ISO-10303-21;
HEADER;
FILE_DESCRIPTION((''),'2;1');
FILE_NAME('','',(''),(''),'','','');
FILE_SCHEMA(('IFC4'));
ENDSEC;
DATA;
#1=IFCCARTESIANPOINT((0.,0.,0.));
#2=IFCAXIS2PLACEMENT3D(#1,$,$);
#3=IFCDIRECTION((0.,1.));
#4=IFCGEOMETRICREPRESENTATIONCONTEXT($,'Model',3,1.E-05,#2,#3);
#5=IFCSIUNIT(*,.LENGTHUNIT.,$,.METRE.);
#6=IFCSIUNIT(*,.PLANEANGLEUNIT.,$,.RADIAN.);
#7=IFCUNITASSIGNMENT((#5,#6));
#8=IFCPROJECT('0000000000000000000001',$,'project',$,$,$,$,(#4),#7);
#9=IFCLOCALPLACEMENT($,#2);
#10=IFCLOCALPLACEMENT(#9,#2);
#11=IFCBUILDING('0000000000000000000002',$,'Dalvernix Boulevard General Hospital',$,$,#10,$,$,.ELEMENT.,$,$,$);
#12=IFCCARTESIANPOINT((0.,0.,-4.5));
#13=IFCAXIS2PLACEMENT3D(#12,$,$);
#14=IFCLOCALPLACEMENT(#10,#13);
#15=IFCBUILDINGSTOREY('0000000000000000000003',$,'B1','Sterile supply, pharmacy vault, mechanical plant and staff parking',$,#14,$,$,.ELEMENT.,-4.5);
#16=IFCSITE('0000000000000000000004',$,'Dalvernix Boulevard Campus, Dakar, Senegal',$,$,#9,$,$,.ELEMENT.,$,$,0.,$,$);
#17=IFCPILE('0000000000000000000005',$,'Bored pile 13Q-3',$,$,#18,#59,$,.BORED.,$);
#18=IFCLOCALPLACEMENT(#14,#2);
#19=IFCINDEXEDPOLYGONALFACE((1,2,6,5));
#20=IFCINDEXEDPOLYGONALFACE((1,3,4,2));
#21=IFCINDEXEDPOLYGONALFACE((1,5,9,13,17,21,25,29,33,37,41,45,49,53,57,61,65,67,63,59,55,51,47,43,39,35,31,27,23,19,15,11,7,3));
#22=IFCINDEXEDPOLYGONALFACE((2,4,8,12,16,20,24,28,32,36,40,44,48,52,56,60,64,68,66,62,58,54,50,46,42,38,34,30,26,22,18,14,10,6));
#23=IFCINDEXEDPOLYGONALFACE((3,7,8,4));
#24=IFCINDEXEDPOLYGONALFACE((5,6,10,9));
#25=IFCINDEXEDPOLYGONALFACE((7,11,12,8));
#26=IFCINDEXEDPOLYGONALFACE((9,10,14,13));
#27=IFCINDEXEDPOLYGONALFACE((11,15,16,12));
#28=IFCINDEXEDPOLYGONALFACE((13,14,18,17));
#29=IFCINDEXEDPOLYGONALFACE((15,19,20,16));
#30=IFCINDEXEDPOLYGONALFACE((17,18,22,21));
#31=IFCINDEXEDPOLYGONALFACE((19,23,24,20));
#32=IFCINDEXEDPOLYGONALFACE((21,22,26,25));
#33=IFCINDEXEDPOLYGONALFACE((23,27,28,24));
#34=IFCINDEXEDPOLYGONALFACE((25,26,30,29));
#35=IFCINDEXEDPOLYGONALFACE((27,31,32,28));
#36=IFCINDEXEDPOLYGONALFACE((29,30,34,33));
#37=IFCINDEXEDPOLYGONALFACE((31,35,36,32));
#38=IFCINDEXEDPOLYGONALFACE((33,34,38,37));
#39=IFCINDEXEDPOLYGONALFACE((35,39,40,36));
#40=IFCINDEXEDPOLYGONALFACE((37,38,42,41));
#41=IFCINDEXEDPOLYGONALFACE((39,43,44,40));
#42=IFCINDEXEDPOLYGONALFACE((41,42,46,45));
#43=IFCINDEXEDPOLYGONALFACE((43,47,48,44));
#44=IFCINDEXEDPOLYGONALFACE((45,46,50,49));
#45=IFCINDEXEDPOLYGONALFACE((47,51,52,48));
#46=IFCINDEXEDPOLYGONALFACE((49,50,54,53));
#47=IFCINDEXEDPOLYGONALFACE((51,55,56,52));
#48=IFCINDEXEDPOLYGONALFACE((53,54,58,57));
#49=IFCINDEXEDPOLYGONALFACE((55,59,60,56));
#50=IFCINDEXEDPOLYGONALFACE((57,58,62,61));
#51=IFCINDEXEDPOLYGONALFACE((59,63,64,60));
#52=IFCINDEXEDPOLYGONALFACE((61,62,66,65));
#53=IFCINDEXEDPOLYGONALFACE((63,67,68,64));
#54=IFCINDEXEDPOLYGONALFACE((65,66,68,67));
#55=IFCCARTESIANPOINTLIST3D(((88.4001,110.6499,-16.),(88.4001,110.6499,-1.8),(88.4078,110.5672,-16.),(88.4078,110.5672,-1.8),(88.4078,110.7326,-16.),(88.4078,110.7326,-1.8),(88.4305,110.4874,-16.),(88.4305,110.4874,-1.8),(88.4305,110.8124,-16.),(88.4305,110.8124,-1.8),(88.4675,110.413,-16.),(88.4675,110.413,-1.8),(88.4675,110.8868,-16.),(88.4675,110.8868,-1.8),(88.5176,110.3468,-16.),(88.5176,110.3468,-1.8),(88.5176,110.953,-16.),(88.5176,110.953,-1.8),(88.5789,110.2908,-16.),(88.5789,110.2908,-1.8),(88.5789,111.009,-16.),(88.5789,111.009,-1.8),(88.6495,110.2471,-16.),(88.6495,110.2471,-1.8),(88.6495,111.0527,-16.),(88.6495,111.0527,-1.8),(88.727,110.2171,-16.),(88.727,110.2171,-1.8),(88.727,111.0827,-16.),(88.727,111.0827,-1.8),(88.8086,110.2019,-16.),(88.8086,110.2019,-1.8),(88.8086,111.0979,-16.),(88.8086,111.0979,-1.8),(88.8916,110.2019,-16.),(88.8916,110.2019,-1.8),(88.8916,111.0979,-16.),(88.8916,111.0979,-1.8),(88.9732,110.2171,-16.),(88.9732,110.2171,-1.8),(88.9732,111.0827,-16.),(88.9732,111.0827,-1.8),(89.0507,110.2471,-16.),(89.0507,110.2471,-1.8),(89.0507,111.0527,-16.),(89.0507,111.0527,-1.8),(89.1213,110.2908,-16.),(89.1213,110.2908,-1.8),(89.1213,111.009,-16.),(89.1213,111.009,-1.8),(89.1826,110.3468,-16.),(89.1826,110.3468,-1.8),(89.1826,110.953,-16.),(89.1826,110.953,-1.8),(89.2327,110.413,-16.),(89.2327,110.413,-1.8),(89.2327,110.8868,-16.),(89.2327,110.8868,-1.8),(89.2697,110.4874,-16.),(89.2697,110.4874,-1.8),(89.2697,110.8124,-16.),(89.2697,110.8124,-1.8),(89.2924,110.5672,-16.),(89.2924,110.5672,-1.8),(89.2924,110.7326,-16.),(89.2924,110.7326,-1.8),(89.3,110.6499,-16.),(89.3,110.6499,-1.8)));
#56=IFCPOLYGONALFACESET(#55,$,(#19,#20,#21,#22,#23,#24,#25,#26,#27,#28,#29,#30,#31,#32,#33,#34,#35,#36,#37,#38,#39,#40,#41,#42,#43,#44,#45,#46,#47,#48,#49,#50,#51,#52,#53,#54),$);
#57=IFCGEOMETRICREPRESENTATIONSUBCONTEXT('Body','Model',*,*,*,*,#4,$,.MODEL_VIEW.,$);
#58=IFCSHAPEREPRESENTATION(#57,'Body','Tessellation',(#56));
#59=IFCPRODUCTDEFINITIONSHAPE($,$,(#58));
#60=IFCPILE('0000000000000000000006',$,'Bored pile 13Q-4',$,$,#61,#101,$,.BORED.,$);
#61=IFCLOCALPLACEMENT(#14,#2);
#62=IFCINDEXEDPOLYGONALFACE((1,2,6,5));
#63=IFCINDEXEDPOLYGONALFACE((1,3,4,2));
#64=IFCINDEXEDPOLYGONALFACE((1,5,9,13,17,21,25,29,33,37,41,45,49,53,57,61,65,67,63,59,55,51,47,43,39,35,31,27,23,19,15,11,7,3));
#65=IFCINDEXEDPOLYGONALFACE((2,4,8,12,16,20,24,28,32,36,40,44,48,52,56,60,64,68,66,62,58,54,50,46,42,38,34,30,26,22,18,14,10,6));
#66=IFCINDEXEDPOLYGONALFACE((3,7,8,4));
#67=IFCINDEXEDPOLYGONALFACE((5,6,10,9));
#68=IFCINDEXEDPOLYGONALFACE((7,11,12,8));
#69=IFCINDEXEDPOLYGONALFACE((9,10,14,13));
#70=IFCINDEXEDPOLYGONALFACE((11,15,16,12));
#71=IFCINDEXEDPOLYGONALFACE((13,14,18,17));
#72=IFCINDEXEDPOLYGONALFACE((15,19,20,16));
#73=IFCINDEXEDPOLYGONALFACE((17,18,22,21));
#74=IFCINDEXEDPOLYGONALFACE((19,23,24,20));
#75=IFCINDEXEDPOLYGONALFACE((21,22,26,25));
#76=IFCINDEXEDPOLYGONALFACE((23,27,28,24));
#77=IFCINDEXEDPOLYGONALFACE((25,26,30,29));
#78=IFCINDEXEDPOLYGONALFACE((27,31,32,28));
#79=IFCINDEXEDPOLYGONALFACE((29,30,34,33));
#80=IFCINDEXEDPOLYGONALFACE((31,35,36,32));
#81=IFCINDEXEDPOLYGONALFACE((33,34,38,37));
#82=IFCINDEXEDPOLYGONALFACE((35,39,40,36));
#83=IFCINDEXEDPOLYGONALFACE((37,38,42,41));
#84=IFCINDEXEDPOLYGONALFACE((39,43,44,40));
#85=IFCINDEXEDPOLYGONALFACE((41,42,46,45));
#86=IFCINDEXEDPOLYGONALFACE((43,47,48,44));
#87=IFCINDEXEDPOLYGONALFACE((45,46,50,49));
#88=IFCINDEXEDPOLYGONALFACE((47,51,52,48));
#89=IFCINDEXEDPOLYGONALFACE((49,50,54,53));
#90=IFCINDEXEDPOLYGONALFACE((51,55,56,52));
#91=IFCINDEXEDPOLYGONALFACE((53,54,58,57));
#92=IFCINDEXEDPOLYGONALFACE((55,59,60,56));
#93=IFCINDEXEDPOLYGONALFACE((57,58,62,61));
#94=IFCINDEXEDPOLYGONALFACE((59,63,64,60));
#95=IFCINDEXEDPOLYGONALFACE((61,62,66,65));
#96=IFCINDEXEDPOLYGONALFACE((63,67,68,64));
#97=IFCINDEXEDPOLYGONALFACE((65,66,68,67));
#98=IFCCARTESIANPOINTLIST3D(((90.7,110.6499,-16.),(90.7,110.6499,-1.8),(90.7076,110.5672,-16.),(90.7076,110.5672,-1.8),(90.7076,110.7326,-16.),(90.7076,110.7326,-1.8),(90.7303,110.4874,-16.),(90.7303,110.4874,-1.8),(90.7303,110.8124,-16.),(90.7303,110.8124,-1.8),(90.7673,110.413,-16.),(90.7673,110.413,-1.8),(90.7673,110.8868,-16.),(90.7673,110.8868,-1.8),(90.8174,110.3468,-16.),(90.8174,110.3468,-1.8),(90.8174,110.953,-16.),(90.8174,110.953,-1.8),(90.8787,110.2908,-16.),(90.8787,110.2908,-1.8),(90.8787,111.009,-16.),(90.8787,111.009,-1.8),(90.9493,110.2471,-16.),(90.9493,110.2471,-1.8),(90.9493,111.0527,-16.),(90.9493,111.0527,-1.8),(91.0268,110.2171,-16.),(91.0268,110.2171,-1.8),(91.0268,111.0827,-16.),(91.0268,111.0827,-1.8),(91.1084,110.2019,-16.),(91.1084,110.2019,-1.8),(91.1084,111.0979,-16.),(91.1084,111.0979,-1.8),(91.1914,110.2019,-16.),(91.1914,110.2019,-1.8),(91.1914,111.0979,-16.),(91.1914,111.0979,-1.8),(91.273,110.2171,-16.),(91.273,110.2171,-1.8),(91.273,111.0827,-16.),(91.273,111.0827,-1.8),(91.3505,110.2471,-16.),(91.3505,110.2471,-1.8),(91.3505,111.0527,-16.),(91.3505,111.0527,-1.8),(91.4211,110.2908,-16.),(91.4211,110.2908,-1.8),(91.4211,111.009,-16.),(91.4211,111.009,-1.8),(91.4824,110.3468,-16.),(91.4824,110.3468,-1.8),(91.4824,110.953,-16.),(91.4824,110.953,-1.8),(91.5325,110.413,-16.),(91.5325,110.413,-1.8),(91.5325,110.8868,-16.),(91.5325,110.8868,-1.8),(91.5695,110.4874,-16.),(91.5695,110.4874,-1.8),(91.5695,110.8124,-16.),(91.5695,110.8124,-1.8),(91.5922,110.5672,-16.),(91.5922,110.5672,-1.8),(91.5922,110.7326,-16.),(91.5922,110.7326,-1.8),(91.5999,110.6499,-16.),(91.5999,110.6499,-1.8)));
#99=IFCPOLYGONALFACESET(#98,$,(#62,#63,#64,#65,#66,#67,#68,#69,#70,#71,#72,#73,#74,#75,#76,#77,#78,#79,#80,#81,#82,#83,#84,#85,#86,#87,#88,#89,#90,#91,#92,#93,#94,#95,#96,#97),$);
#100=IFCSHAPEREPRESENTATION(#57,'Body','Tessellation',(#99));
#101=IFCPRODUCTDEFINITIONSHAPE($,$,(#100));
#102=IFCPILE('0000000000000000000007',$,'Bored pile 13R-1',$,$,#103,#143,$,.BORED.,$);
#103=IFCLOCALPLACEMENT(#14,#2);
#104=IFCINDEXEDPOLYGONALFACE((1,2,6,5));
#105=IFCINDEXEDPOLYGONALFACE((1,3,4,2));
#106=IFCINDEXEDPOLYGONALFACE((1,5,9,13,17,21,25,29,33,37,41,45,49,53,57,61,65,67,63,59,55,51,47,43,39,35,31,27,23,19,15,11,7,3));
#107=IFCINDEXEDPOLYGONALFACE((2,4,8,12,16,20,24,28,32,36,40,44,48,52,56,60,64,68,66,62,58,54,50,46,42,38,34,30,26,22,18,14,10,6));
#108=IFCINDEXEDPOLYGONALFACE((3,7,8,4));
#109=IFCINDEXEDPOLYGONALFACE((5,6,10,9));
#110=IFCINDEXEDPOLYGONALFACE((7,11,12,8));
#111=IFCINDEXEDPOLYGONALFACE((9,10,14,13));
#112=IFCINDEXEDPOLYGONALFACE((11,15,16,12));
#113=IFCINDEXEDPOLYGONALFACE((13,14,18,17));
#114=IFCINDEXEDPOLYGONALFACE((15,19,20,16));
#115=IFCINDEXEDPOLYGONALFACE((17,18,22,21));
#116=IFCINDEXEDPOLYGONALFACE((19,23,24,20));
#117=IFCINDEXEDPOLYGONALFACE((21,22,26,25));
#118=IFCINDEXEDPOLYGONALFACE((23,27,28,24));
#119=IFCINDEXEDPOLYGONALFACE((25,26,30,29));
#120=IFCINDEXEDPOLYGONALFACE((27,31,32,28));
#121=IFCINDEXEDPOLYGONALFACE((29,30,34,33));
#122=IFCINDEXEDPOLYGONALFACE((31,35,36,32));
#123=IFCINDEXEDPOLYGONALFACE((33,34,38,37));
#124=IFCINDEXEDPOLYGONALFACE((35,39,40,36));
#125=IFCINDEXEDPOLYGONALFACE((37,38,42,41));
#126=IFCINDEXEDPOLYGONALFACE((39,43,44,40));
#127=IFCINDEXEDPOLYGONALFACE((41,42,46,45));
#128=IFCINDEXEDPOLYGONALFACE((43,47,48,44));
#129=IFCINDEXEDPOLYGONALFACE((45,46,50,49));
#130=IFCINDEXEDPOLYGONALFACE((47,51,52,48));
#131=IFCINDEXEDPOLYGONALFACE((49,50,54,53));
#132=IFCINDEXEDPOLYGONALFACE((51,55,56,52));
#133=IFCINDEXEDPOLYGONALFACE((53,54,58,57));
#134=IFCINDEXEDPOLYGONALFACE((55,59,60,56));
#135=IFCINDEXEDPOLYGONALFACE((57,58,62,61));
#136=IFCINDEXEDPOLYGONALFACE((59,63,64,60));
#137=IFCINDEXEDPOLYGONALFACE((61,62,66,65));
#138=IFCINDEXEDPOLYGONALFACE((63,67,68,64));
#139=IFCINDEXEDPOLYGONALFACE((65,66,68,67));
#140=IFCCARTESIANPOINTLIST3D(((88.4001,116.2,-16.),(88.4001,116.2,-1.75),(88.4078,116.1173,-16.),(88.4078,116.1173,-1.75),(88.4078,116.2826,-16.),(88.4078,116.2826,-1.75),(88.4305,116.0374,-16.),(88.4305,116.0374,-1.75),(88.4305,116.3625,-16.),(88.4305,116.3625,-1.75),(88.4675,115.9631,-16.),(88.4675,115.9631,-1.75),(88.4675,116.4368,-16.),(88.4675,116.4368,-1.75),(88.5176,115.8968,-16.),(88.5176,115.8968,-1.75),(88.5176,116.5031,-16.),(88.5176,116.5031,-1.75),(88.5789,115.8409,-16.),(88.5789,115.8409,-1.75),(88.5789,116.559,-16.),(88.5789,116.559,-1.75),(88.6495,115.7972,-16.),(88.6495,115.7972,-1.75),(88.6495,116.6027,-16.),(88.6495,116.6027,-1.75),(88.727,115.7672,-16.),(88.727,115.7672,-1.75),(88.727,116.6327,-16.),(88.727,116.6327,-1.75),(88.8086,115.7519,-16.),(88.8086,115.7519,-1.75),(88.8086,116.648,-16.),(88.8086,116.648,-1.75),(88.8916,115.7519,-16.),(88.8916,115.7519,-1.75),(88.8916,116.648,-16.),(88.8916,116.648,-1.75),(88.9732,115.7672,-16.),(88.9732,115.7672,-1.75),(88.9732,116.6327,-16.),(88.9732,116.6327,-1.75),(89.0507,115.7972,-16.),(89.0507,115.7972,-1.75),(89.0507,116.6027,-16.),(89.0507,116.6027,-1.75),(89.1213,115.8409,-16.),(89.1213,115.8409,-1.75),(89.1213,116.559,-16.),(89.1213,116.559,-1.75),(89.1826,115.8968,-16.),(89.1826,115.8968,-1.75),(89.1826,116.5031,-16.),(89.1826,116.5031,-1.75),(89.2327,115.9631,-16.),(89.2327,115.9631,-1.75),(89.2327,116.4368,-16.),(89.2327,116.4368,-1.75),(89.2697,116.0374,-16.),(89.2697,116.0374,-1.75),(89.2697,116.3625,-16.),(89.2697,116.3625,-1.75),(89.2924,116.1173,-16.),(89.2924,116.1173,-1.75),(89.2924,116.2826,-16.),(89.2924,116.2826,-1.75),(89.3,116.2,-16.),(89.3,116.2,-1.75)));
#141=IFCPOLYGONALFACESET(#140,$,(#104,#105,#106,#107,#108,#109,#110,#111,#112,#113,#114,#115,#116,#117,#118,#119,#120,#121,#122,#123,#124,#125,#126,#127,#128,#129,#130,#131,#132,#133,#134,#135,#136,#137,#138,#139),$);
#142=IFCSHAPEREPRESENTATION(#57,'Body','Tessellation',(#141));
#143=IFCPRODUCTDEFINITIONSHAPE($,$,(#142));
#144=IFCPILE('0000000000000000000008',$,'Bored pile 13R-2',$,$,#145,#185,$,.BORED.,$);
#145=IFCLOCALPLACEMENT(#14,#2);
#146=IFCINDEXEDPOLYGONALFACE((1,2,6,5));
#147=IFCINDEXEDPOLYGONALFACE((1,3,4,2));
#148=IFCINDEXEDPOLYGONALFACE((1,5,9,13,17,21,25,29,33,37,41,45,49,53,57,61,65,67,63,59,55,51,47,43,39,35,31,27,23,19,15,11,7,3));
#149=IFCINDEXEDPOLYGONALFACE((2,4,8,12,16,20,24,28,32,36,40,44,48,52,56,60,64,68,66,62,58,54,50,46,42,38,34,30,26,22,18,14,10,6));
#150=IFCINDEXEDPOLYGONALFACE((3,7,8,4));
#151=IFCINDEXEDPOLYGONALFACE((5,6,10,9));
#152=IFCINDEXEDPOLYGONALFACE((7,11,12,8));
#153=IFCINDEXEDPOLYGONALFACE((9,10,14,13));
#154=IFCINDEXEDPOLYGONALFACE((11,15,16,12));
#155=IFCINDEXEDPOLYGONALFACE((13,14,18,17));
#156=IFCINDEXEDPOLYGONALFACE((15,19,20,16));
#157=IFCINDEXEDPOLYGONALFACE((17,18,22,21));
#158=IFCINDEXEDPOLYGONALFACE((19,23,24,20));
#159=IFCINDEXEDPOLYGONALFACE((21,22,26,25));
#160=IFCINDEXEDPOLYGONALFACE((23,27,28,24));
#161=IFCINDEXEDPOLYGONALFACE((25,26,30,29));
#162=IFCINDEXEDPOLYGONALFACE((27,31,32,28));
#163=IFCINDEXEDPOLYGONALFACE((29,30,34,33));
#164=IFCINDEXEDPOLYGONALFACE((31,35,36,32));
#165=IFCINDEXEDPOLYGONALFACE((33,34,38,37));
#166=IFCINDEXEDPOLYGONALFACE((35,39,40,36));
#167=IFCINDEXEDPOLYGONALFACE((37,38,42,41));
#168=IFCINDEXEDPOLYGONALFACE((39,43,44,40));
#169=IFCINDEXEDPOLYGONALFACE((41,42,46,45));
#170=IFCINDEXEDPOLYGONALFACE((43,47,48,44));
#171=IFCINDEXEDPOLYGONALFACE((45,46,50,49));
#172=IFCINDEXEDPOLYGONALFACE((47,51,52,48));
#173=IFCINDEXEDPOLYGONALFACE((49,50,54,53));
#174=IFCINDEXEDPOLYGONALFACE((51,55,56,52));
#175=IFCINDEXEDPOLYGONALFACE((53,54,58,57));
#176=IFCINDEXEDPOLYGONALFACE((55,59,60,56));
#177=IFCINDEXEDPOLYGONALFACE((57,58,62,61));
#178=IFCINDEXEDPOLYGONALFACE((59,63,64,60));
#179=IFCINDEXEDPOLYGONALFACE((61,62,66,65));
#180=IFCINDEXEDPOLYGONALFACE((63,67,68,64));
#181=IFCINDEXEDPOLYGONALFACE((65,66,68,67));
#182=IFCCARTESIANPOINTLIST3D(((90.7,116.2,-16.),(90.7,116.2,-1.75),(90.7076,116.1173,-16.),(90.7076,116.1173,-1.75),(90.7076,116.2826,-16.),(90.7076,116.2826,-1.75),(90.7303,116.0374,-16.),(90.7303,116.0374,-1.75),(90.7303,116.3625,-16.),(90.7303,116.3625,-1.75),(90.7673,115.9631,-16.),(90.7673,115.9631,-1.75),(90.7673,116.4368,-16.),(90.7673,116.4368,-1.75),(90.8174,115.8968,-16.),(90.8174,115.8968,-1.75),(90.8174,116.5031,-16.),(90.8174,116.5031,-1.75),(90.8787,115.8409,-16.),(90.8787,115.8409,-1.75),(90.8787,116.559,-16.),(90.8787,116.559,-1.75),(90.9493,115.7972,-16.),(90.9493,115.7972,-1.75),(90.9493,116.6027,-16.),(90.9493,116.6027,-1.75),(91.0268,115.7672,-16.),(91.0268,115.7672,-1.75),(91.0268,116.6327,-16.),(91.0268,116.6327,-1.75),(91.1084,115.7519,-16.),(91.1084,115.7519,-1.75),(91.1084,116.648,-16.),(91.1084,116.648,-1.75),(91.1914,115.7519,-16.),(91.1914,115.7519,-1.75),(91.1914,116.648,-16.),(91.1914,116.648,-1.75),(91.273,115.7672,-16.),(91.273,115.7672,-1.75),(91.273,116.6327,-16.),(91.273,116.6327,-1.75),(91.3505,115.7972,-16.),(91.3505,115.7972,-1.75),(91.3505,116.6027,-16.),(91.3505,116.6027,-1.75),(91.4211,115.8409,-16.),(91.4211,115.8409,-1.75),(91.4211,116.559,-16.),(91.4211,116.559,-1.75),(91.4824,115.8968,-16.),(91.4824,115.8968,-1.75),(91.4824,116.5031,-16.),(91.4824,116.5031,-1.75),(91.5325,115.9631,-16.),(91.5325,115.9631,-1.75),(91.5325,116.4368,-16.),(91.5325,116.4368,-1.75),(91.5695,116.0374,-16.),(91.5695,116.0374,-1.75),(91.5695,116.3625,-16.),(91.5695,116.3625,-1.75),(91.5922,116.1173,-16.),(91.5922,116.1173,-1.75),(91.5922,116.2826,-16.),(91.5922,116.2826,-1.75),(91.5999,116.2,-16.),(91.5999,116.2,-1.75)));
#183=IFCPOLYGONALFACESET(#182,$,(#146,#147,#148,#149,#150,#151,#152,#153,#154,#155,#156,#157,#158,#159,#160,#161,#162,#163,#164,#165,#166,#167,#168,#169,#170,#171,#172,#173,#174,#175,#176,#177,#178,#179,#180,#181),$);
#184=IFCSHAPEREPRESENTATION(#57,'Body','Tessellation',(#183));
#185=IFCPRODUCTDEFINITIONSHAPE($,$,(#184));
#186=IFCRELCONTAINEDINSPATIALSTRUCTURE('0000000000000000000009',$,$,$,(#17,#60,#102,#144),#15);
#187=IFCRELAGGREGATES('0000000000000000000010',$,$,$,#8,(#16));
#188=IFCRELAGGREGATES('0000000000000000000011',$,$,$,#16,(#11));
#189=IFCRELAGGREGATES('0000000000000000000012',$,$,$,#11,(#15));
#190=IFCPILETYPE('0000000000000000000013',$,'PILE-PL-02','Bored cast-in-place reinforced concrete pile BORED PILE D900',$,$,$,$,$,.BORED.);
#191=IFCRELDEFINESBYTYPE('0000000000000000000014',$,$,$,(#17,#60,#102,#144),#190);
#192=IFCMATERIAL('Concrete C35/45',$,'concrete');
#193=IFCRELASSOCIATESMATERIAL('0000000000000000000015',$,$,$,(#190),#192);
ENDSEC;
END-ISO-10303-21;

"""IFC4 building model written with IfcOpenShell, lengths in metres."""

from ifc_helpers import new_model, si_unit, direction, frame, origin, origin_2d, place, context, subcontext, project, spatial, circle, extrude, material, material_profile, profile_set, type_object, element, save


model = new_model("IFC4")

# Units and contexts
model_context = context("Model", 3, precision=1e-05, world=origin(), true_north=direction((0.0, 1.0)))
body_context = subcontext(model_context, "Body", "Model", "MODEL_VIEW")
ifc_project = project(units=[si_unit("LENGTHUNIT", "METRE"), si_unit("PLANEANGLEUNIT", "RADIAN")], contexts=[model_context])

# Site, building, storey
site_placement = place(None, origin())
site = spatial("IfcSite", under=ifc_project, at=site_placement, Name="Dalvernix Boulevard Campus, Dakar, Senegal", CompositionType="ELEMENT", RefElevation=0.0)
building_placement = place(site_placement, origin())
building = spatial("IfcBuilding", under=site, at=building_placement, Name="Dalvernix Boulevard General Hospital", CompositionType="ELEMENT")
storey_placement = place(building_placement, frame((0.0, 0.0, -4.5)))
storey = spatial("IfcBuildingStorey", under=building, at=storey_placement, Name="B1", Description="Sterile supply, pharmacy vault, mechanical plant and staff parking", CompositionType="ELEMENT", Elevation=-4.5)

# Shared definitions
ifc_material_1 = material(Name="Concrete C35/45", Category="concrete")

# Piles
ifc_material_profile_1 = material_profile(ifc_material_1, circle(Radius=0.45, at=origin_2d()), Name="BORED PILE D900")
ifc_profile_set_1 = profile_set([ifc_material_profile_1], Name="Concrete C35/45")
pile_type_1 = type_object("IfcPileType", Name="PILE-PL-02", Description="Bored cast-in-place reinforced concrete pile BORED PILE D900", PredefinedType="BORED", material=ifc_profile_set_1)
for number, where, z_axis, x_axis, name in (
    (1, (88.8501, 110.6499, -1.8), (0.0, 0.0, -1.0), (1.0, 0.0, 0.0), "Bored pile 13Q-3"),
    (2, (91.1499, 110.6499, -1.8), (0.0, 0.0, -1.0), (1.0, 0.0, 0.0), "Bored pile 13Q-4"),
):
    element("IfcPile", number, at=place(storey_placement, frame(where, z_axis=z_axis, x_axis=x_axis)), inside=storey, type_object=pile_type_1, Name=name, PredefinedType="BORED", context=body_context, shape_type="SweptSolid", body=[
        extrude(circle(Radius=0.45, at=origin_2d()), origin(), (0.0, 0.0, 1.0), 14.2),
    ])
for number, where, z_axis, x_axis, name in (
    (3, (88.8501, 116.2, -1.75), (0.0, 0.0, -1.0), (1.0, 0.0, 0.0), "Bored pile 13R-1"),
    (4, (91.1499, 116.2, -1.75), (0.0, 0.0, -1.0), (1.0, 0.0, 0.0), "Bored pile 13R-2"),
):
    element("IfcPile", number, at=place(storey_placement, frame(where, z_axis=z_axis, x_axis=x_axis)), inside=storey, type_object=pile_type_1, Name=name, PredefinedType="BORED", context=body_context, shape_type="SweptSolid", body=[
        extrude(circle(Radius=0.45, at=origin_2d()), origin(), (0.0, 0.0, 1.0), 14.25),
    ])

save(model, "model.ifc")
